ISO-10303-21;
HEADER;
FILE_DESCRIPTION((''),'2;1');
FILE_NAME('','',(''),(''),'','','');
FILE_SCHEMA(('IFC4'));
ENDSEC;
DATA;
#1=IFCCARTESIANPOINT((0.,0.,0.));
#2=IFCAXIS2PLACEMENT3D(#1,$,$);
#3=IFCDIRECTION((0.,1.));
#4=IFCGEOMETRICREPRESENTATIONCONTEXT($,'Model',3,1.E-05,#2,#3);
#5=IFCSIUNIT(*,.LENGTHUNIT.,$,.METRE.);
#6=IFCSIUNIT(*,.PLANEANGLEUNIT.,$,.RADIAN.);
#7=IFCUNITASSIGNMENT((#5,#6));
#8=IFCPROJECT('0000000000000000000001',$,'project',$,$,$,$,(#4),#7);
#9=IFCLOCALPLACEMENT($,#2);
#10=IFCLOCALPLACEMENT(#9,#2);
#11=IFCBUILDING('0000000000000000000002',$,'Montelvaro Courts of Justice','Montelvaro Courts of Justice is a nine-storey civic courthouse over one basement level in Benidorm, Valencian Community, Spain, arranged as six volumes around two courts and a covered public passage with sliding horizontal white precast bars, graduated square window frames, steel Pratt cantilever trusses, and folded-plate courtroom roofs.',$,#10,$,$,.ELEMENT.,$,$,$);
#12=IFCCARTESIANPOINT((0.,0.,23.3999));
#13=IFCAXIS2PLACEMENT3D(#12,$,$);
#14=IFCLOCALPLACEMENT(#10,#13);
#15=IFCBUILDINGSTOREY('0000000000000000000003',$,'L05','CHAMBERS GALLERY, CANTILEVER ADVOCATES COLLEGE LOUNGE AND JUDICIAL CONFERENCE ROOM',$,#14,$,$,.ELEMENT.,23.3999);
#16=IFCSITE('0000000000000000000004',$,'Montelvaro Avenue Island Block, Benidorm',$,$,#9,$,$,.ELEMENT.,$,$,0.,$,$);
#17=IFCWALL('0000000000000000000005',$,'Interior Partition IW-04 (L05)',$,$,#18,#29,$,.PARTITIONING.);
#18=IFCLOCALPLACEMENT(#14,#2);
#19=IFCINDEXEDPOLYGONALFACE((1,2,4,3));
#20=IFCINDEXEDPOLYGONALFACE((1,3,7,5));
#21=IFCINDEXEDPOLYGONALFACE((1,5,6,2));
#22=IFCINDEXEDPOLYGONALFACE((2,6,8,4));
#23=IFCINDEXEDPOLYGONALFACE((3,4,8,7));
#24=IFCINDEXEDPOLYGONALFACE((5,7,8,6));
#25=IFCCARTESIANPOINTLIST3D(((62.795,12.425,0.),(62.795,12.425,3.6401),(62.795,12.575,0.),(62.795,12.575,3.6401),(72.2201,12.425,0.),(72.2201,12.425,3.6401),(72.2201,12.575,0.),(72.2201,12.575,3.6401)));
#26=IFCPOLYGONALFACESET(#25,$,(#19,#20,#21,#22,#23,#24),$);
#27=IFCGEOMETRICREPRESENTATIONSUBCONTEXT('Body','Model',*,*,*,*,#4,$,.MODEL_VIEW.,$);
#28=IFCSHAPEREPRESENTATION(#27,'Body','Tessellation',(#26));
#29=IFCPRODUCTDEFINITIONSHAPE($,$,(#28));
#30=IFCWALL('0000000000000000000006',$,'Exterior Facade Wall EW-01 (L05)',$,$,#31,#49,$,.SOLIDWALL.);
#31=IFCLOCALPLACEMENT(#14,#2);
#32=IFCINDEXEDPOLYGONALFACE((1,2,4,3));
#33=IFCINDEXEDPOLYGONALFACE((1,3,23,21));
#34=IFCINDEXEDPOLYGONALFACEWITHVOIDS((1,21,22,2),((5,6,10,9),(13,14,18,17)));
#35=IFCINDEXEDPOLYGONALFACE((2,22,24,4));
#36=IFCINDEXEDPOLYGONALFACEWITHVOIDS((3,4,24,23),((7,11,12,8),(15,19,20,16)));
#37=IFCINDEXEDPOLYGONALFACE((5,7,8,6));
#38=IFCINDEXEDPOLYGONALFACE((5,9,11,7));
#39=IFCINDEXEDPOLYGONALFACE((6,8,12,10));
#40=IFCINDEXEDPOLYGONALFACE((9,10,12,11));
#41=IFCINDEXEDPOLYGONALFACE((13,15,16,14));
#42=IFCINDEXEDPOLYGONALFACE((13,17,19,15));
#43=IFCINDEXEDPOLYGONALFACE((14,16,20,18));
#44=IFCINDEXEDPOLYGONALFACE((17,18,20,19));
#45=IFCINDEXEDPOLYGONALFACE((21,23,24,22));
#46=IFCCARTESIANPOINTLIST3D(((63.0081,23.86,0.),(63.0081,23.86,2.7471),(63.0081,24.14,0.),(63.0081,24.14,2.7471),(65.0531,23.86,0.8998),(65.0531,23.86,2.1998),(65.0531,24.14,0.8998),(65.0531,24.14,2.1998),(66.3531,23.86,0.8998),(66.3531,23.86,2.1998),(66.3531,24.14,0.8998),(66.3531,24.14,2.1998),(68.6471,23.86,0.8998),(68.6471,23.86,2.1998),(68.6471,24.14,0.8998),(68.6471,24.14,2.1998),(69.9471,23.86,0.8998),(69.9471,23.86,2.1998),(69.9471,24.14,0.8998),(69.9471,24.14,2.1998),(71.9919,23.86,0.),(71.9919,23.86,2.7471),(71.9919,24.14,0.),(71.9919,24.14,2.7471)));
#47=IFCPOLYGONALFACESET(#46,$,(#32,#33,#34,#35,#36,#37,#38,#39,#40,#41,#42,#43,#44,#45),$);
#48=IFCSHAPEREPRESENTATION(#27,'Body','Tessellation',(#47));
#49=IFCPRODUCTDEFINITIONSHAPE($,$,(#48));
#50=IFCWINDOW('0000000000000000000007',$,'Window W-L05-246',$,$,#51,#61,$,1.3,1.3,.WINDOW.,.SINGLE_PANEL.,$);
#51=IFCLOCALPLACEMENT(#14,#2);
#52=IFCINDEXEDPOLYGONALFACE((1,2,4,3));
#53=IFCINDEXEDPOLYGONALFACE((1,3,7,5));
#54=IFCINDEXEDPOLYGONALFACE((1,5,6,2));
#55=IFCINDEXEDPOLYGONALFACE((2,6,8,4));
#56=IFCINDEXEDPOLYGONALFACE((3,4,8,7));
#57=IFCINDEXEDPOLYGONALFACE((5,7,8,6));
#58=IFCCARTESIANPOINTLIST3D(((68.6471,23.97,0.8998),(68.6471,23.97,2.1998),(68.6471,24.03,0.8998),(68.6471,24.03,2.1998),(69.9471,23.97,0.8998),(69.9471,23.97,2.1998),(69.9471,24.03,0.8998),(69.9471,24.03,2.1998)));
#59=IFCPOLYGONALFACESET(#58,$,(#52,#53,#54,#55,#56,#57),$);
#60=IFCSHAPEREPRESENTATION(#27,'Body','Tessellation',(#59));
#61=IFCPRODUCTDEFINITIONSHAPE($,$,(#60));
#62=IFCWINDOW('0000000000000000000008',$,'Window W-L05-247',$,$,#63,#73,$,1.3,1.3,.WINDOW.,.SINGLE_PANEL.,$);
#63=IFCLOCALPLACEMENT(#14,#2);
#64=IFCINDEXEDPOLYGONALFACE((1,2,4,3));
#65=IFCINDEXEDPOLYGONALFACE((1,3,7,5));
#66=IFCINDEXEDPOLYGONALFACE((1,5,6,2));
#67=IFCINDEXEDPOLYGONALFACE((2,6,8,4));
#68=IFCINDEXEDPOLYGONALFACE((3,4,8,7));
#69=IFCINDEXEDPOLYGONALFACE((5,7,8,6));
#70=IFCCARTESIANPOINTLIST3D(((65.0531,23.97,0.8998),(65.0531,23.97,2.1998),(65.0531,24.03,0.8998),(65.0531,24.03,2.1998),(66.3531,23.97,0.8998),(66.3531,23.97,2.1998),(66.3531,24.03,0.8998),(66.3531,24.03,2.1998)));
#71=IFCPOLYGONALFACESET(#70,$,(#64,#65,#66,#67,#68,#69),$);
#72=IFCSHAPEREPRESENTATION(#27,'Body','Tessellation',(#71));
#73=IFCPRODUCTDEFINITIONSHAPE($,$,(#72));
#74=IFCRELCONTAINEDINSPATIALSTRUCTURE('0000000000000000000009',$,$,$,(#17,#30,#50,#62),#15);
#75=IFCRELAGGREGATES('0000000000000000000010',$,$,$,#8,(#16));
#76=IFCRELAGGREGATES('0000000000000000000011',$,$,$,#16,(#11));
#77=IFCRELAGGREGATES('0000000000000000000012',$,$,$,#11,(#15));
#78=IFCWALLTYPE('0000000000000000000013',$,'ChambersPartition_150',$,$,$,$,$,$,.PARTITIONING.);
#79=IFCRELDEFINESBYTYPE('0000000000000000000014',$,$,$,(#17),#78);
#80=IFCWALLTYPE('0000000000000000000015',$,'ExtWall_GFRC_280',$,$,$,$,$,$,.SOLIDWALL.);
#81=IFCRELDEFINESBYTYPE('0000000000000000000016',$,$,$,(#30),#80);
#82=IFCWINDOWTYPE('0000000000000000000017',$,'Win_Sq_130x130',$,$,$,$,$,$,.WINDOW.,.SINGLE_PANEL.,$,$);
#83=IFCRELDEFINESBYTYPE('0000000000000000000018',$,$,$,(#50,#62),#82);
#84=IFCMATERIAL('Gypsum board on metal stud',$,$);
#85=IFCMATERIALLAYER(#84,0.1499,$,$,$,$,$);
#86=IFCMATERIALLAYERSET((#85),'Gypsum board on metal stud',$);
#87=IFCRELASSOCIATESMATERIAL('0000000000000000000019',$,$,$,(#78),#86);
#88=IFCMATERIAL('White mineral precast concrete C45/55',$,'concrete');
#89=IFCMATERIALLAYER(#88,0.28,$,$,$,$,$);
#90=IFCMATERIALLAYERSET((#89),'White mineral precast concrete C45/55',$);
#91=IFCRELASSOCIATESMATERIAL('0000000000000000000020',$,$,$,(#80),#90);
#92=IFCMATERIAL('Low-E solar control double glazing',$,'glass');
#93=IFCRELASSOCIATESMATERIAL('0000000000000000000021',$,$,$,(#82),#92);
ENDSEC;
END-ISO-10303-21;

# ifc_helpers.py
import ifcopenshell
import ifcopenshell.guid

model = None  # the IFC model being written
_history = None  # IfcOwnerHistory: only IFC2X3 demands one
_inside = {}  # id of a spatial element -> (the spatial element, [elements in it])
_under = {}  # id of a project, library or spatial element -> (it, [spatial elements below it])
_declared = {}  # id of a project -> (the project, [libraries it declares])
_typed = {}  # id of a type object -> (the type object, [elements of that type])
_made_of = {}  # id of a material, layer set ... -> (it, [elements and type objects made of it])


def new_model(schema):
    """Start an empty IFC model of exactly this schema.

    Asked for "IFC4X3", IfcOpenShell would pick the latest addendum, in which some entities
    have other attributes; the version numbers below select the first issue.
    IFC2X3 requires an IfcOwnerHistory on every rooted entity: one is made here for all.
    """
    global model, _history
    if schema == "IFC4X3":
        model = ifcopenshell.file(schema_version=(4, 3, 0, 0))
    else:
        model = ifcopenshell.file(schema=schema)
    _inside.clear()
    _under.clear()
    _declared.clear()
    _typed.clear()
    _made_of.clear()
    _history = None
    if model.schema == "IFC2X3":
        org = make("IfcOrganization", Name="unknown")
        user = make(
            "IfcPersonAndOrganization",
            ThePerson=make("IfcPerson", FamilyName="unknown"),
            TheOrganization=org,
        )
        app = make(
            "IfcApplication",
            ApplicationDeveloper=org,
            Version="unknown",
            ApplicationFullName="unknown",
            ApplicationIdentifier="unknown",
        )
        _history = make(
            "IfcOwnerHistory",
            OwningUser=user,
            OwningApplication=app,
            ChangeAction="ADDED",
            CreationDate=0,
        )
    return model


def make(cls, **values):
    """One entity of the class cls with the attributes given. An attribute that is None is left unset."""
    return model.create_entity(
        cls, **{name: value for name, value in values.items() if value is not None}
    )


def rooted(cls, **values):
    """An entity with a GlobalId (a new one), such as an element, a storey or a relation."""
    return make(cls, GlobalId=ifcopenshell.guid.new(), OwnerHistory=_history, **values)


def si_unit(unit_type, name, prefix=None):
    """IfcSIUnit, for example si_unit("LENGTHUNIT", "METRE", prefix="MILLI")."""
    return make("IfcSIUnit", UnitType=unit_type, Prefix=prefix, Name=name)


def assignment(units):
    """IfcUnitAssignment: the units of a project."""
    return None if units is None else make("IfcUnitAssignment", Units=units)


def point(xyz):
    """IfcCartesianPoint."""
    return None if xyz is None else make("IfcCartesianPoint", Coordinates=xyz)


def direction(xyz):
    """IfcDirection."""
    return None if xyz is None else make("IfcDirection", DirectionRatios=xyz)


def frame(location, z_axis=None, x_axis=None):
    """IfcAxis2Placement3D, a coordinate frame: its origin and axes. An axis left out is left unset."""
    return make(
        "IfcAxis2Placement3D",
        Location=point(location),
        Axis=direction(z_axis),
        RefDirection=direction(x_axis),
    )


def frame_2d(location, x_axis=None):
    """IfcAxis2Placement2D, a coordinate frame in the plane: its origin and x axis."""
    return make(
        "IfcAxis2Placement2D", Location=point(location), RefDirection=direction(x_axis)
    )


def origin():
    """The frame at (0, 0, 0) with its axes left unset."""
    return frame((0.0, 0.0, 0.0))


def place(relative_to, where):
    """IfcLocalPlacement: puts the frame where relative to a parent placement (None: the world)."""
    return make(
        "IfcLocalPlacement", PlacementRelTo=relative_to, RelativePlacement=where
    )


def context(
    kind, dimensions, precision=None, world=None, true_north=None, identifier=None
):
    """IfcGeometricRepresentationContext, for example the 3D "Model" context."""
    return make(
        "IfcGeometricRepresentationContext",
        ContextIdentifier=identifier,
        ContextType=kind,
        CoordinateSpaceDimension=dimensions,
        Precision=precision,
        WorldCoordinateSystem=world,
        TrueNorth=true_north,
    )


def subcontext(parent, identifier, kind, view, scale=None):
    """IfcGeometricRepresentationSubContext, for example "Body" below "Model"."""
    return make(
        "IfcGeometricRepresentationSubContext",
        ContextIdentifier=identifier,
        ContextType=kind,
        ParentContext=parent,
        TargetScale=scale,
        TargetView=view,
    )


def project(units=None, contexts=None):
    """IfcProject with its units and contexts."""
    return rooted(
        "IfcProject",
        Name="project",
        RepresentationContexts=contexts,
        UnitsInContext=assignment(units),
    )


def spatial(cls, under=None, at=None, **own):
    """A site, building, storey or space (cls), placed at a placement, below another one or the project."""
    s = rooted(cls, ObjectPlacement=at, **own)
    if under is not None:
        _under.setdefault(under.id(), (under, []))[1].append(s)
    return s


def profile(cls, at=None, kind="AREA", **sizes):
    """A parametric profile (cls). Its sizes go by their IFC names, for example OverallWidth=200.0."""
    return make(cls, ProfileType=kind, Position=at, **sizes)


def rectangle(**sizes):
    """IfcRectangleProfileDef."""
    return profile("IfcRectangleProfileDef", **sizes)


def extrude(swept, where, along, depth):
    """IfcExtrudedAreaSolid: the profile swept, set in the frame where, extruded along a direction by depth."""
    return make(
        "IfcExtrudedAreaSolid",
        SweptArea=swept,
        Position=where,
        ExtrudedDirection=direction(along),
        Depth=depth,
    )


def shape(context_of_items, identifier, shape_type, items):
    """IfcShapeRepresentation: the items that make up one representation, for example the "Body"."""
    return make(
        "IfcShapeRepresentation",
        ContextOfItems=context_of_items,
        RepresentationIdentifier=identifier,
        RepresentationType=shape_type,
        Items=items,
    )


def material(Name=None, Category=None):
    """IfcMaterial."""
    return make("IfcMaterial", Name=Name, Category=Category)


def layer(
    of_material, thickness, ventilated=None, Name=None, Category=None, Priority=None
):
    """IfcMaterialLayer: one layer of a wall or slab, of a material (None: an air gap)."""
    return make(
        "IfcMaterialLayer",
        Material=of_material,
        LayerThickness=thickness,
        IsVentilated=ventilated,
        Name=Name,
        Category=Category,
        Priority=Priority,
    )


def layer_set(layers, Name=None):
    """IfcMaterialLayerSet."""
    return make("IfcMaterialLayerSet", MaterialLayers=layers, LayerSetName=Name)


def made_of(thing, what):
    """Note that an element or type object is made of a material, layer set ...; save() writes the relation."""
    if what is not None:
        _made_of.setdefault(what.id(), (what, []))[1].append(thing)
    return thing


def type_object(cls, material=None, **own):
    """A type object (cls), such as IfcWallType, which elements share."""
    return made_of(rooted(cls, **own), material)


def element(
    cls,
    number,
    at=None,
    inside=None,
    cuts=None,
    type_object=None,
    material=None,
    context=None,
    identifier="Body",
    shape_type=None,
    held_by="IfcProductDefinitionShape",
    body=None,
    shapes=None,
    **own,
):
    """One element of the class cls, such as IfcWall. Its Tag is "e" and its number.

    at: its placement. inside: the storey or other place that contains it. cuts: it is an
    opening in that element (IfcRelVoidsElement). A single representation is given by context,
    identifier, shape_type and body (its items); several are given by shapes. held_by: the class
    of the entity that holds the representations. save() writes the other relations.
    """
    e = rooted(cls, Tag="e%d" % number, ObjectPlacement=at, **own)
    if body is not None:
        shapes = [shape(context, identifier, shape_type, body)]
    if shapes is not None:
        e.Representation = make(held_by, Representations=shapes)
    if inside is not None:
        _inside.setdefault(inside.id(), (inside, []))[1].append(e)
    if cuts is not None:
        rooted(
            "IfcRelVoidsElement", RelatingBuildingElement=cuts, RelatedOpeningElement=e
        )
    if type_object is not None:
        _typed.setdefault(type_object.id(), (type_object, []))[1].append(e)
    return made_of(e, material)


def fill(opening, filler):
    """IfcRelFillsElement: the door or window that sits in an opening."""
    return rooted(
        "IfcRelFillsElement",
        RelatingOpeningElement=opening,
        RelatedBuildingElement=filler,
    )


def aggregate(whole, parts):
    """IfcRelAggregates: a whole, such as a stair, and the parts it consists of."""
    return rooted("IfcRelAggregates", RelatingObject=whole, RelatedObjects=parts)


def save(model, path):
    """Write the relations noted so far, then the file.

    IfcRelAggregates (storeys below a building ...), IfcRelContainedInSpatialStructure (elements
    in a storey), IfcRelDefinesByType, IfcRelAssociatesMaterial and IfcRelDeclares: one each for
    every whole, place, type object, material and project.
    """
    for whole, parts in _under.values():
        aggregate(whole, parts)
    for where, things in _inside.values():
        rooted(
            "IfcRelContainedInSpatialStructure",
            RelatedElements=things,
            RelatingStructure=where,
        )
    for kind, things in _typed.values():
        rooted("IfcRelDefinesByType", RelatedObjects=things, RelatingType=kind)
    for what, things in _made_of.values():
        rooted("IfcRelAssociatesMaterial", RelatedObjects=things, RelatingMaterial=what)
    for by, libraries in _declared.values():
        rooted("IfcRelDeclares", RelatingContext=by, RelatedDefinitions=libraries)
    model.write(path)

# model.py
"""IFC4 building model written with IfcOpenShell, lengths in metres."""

from ifc_helpers import new_model, si_unit, direction, frame, frame_2d, origin, place, context, subcontext, project, spatial, rectangle, extrude, material, layer, layer_set, type_object, element, fill, save


model = new_model("IFC4")

# Units and contexts
model_context = context("Model", 3, precision=1e-05, world=origin(), true_north=direction((0.0, 1.0)))
body_context = subcontext(model_context, "Body", "Model", "MODEL_VIEW")
ifc_project = project(units=[si_unit("LENGTHUNIT", "METRE"), si_unit("PLANEANGLEUNIT", "RADIAN")], contexts=[model_context])

# Site, building, storey
site_placement = place(None, origin())
site = spatial("IfcSite", under=ifc_project, at=site_placement, Name="Montelvaro Avenue Island Block, Benidorm", CompositionType="ELEMENT", RefElevation=0.0)
building_placement = place(site_placement, origin())
building = spatial("IfcBuilding", under=site, at=building_placement, Name="Montelvaro Courts of Justice", Description="Montelvaro Courts of Justice is a nine-storey civic courthouse over one basement level in Benidorm, Valencian Community, Spain, arranged as six volumes around two courts and a covered public passage with sliding horizontal white precast bars, graduated square window frames, steel Pratt cantilever trusses, and folded-plate courtroom roofs.", CompositionType="ELEMENT")
storey_placement = place(building_placement, frame((0.0, 0.0, 23.3999)))
storey = spatial("IfcBuildingStorey", under=building, at=storey_placement, Name="L05", Description="CHAMBERS GALLERY, CANTILEVER ADVOCATES COLLEGE LOUNGE AND JUDICIAL CONFERENCE ROOM", CompositionType="ELEMENT", Elevation=23.3999)

# Shared definitions
ifc_material_1 = material(Name="White mineral precast concrete C45/55", Category="concrete")

# Wall
ifc_material_2 = material(Name="Gypsum board on metal stud")
ifc_layer_1 = layer(ifc_material_2, 0.1499)
ifc_layer_set_1 = layer_set([ifc_layer_1], Name="Gypsum board on metal stud")
wall_type_1 = type_object("IfcWallType", Name="ChambersPartition_150", PredefinedType="PARTITIONING", material=ifc_layer_set_1)
wall_1_placement = place(storey_placement, frame((72.22, 12.5, 0.0), z_axis=(0.0, 0.0, 1.0), x_axis=(-1.0, 0.0, 0.0)))
element("IfcWall", 1, at=wall_1_placement, inside=storey, type_object=wall_type_1, Name="Interior Partition IW-04 (L05)", PredefinedType="PARTITIONING", context=body_context, shape_type="SweptSolid", body=[
    extrude(rectangle(XDim=9.425, YDim=0.1499, at=frame_2d((4.7124, 0.0))), origin(), (0.0, 0.0, 1.0), 3.6401),
])

# Wall, openings, windows
ifc_layer_2 = layer(ifc_material_1, 0.28)
ifc_layer_set_2 = layer_set([ifc_layer_2], Name="White mineral precast concrete C45/55")
wall_type_2 = type_object("IfcWallType", Name="ExtWall_GFRC_280", PredefinedType="SOLIDWALL", material=ifc_layer_set_2)
wall_2_placement = place(storey_placement, frame((71.9919, 24.0, 0.0), z_axis=(0.0, 0.0, 1.0), x_axis=(-1.0, 0.0, 0.0)))
wall_2 = element("IfcWall", 2, at=wall_2_placement, inside=storey, type_object=wall_type_2, Name="Exterior Facade Wall EW-01 (L05)", PredefinedType="SOLIDWALL", context=body_context, shape_type="SweptSolid", body=[
    extrude(rectangle(XDim=8.9839, YDim=0.28, at=frame_2d((4.4919, 0.0))), origin(), (0.0, 0.0, 1.0), 2.7471),
])
opening_1_placement = place(wall_2_placement, frame((2.0449, 0.0, 0.8999)))
opening_1 = element("IfcOpeningElement", 3, at=opening_1_placement, cuts=wall_2, PredefinedType="OPENING", context=body_context, shape_type="SweptSolid", body=[
    extrude(rectangle(XDim=1.3, YDim=1.3, at=frame_2d((0.6499, 0.6499))), frame((0.0, 0.1548, 0.0), z_axis=(0.0, -1.0, 0.0), x_axis=(1.0, 0.0, 0.0)), (0.0, 0.0, 1.0), 0.3098),
])
opening_2_placement = place(wall_2_placement, frame((5.6389, 0.0, 0.8999)))
opening_2 = element("IfcOpeningElement", 4, at=opening_2_placement, cuts=wall_2, PredefinedType="OPENING", context=body_context, shape_type="SweptSolid", body=[
    extrude(rectangle(XDim=1.3, YDim=1.3, at=frame_2d((0.6499, 0.6499))), frame((0.0, 0.1548, 0.0), z_axis=(0.0, -1.0, 0.0), x_axis=(1.0, 0.0, 0.0)), (0.0, 0.0, 1.0), 0.3098),
])
ifc_material_3 = material(Name="Low-E solar control double glazing", Category="glass")
window_type = type_object("IfcWindowType", Name="Win_Sq_130x130", PartitioningType="SINGLE_PANEL", PredefinedType="WINDOW", material=ifc_material_3)
window_1_placement = place(opening_1_placement, origin())
window_1 = element("IfcWindow", 5, at=window_1_placement, inside=storey, type_object=window_type, Name="Window W-L05-246", OverallHeight=1.3, OverallWidth=1.3, PartitioningType="SINGLE_PANEL", PredefinedType="WINDOW", context=body_context, shape_type="SweptSolid", body=[
    extrude(rectangle(XDim=1.3, YDim=1.3, at=frame_2d((0.6499, 0.6499))), frame((0.0, 0.03, 0.0), z_axis=(0.0, -1.0, 0.0), x_axis=(1.0, 0.0, 0.0)), (0.0, 0.0, 1.0), 0.0601),
])
fill(opening_1, window_1)
window_2_placement = place(opening_2_placement, origin())
window_2 = element("IfcWindow", 6, at=window_2_placement, inside=storey, type_object=window_type, Name="Window W-L05-247", OverallHeight=1.3, OverallWidth=1.3, PartitioningType="SINGLE_PANEL", PredefinedType="WINDOW", context=body_context, shape_type="SweptSolid", body=[
    extrude(rectangle(XDim=1.3, YDim=1.3, at=frame_2d((0.6499, 0.6499))), frame((0.0, 0.03, 0.0), z_axis=(0.0, -1.0, 0.0), x_axis=(1.0, 0.0, 0.0)), (0.0, 0.0, 1.0), 0.0601),
])
fill(opening_2, window_2)

save(model, "model.ifc")
